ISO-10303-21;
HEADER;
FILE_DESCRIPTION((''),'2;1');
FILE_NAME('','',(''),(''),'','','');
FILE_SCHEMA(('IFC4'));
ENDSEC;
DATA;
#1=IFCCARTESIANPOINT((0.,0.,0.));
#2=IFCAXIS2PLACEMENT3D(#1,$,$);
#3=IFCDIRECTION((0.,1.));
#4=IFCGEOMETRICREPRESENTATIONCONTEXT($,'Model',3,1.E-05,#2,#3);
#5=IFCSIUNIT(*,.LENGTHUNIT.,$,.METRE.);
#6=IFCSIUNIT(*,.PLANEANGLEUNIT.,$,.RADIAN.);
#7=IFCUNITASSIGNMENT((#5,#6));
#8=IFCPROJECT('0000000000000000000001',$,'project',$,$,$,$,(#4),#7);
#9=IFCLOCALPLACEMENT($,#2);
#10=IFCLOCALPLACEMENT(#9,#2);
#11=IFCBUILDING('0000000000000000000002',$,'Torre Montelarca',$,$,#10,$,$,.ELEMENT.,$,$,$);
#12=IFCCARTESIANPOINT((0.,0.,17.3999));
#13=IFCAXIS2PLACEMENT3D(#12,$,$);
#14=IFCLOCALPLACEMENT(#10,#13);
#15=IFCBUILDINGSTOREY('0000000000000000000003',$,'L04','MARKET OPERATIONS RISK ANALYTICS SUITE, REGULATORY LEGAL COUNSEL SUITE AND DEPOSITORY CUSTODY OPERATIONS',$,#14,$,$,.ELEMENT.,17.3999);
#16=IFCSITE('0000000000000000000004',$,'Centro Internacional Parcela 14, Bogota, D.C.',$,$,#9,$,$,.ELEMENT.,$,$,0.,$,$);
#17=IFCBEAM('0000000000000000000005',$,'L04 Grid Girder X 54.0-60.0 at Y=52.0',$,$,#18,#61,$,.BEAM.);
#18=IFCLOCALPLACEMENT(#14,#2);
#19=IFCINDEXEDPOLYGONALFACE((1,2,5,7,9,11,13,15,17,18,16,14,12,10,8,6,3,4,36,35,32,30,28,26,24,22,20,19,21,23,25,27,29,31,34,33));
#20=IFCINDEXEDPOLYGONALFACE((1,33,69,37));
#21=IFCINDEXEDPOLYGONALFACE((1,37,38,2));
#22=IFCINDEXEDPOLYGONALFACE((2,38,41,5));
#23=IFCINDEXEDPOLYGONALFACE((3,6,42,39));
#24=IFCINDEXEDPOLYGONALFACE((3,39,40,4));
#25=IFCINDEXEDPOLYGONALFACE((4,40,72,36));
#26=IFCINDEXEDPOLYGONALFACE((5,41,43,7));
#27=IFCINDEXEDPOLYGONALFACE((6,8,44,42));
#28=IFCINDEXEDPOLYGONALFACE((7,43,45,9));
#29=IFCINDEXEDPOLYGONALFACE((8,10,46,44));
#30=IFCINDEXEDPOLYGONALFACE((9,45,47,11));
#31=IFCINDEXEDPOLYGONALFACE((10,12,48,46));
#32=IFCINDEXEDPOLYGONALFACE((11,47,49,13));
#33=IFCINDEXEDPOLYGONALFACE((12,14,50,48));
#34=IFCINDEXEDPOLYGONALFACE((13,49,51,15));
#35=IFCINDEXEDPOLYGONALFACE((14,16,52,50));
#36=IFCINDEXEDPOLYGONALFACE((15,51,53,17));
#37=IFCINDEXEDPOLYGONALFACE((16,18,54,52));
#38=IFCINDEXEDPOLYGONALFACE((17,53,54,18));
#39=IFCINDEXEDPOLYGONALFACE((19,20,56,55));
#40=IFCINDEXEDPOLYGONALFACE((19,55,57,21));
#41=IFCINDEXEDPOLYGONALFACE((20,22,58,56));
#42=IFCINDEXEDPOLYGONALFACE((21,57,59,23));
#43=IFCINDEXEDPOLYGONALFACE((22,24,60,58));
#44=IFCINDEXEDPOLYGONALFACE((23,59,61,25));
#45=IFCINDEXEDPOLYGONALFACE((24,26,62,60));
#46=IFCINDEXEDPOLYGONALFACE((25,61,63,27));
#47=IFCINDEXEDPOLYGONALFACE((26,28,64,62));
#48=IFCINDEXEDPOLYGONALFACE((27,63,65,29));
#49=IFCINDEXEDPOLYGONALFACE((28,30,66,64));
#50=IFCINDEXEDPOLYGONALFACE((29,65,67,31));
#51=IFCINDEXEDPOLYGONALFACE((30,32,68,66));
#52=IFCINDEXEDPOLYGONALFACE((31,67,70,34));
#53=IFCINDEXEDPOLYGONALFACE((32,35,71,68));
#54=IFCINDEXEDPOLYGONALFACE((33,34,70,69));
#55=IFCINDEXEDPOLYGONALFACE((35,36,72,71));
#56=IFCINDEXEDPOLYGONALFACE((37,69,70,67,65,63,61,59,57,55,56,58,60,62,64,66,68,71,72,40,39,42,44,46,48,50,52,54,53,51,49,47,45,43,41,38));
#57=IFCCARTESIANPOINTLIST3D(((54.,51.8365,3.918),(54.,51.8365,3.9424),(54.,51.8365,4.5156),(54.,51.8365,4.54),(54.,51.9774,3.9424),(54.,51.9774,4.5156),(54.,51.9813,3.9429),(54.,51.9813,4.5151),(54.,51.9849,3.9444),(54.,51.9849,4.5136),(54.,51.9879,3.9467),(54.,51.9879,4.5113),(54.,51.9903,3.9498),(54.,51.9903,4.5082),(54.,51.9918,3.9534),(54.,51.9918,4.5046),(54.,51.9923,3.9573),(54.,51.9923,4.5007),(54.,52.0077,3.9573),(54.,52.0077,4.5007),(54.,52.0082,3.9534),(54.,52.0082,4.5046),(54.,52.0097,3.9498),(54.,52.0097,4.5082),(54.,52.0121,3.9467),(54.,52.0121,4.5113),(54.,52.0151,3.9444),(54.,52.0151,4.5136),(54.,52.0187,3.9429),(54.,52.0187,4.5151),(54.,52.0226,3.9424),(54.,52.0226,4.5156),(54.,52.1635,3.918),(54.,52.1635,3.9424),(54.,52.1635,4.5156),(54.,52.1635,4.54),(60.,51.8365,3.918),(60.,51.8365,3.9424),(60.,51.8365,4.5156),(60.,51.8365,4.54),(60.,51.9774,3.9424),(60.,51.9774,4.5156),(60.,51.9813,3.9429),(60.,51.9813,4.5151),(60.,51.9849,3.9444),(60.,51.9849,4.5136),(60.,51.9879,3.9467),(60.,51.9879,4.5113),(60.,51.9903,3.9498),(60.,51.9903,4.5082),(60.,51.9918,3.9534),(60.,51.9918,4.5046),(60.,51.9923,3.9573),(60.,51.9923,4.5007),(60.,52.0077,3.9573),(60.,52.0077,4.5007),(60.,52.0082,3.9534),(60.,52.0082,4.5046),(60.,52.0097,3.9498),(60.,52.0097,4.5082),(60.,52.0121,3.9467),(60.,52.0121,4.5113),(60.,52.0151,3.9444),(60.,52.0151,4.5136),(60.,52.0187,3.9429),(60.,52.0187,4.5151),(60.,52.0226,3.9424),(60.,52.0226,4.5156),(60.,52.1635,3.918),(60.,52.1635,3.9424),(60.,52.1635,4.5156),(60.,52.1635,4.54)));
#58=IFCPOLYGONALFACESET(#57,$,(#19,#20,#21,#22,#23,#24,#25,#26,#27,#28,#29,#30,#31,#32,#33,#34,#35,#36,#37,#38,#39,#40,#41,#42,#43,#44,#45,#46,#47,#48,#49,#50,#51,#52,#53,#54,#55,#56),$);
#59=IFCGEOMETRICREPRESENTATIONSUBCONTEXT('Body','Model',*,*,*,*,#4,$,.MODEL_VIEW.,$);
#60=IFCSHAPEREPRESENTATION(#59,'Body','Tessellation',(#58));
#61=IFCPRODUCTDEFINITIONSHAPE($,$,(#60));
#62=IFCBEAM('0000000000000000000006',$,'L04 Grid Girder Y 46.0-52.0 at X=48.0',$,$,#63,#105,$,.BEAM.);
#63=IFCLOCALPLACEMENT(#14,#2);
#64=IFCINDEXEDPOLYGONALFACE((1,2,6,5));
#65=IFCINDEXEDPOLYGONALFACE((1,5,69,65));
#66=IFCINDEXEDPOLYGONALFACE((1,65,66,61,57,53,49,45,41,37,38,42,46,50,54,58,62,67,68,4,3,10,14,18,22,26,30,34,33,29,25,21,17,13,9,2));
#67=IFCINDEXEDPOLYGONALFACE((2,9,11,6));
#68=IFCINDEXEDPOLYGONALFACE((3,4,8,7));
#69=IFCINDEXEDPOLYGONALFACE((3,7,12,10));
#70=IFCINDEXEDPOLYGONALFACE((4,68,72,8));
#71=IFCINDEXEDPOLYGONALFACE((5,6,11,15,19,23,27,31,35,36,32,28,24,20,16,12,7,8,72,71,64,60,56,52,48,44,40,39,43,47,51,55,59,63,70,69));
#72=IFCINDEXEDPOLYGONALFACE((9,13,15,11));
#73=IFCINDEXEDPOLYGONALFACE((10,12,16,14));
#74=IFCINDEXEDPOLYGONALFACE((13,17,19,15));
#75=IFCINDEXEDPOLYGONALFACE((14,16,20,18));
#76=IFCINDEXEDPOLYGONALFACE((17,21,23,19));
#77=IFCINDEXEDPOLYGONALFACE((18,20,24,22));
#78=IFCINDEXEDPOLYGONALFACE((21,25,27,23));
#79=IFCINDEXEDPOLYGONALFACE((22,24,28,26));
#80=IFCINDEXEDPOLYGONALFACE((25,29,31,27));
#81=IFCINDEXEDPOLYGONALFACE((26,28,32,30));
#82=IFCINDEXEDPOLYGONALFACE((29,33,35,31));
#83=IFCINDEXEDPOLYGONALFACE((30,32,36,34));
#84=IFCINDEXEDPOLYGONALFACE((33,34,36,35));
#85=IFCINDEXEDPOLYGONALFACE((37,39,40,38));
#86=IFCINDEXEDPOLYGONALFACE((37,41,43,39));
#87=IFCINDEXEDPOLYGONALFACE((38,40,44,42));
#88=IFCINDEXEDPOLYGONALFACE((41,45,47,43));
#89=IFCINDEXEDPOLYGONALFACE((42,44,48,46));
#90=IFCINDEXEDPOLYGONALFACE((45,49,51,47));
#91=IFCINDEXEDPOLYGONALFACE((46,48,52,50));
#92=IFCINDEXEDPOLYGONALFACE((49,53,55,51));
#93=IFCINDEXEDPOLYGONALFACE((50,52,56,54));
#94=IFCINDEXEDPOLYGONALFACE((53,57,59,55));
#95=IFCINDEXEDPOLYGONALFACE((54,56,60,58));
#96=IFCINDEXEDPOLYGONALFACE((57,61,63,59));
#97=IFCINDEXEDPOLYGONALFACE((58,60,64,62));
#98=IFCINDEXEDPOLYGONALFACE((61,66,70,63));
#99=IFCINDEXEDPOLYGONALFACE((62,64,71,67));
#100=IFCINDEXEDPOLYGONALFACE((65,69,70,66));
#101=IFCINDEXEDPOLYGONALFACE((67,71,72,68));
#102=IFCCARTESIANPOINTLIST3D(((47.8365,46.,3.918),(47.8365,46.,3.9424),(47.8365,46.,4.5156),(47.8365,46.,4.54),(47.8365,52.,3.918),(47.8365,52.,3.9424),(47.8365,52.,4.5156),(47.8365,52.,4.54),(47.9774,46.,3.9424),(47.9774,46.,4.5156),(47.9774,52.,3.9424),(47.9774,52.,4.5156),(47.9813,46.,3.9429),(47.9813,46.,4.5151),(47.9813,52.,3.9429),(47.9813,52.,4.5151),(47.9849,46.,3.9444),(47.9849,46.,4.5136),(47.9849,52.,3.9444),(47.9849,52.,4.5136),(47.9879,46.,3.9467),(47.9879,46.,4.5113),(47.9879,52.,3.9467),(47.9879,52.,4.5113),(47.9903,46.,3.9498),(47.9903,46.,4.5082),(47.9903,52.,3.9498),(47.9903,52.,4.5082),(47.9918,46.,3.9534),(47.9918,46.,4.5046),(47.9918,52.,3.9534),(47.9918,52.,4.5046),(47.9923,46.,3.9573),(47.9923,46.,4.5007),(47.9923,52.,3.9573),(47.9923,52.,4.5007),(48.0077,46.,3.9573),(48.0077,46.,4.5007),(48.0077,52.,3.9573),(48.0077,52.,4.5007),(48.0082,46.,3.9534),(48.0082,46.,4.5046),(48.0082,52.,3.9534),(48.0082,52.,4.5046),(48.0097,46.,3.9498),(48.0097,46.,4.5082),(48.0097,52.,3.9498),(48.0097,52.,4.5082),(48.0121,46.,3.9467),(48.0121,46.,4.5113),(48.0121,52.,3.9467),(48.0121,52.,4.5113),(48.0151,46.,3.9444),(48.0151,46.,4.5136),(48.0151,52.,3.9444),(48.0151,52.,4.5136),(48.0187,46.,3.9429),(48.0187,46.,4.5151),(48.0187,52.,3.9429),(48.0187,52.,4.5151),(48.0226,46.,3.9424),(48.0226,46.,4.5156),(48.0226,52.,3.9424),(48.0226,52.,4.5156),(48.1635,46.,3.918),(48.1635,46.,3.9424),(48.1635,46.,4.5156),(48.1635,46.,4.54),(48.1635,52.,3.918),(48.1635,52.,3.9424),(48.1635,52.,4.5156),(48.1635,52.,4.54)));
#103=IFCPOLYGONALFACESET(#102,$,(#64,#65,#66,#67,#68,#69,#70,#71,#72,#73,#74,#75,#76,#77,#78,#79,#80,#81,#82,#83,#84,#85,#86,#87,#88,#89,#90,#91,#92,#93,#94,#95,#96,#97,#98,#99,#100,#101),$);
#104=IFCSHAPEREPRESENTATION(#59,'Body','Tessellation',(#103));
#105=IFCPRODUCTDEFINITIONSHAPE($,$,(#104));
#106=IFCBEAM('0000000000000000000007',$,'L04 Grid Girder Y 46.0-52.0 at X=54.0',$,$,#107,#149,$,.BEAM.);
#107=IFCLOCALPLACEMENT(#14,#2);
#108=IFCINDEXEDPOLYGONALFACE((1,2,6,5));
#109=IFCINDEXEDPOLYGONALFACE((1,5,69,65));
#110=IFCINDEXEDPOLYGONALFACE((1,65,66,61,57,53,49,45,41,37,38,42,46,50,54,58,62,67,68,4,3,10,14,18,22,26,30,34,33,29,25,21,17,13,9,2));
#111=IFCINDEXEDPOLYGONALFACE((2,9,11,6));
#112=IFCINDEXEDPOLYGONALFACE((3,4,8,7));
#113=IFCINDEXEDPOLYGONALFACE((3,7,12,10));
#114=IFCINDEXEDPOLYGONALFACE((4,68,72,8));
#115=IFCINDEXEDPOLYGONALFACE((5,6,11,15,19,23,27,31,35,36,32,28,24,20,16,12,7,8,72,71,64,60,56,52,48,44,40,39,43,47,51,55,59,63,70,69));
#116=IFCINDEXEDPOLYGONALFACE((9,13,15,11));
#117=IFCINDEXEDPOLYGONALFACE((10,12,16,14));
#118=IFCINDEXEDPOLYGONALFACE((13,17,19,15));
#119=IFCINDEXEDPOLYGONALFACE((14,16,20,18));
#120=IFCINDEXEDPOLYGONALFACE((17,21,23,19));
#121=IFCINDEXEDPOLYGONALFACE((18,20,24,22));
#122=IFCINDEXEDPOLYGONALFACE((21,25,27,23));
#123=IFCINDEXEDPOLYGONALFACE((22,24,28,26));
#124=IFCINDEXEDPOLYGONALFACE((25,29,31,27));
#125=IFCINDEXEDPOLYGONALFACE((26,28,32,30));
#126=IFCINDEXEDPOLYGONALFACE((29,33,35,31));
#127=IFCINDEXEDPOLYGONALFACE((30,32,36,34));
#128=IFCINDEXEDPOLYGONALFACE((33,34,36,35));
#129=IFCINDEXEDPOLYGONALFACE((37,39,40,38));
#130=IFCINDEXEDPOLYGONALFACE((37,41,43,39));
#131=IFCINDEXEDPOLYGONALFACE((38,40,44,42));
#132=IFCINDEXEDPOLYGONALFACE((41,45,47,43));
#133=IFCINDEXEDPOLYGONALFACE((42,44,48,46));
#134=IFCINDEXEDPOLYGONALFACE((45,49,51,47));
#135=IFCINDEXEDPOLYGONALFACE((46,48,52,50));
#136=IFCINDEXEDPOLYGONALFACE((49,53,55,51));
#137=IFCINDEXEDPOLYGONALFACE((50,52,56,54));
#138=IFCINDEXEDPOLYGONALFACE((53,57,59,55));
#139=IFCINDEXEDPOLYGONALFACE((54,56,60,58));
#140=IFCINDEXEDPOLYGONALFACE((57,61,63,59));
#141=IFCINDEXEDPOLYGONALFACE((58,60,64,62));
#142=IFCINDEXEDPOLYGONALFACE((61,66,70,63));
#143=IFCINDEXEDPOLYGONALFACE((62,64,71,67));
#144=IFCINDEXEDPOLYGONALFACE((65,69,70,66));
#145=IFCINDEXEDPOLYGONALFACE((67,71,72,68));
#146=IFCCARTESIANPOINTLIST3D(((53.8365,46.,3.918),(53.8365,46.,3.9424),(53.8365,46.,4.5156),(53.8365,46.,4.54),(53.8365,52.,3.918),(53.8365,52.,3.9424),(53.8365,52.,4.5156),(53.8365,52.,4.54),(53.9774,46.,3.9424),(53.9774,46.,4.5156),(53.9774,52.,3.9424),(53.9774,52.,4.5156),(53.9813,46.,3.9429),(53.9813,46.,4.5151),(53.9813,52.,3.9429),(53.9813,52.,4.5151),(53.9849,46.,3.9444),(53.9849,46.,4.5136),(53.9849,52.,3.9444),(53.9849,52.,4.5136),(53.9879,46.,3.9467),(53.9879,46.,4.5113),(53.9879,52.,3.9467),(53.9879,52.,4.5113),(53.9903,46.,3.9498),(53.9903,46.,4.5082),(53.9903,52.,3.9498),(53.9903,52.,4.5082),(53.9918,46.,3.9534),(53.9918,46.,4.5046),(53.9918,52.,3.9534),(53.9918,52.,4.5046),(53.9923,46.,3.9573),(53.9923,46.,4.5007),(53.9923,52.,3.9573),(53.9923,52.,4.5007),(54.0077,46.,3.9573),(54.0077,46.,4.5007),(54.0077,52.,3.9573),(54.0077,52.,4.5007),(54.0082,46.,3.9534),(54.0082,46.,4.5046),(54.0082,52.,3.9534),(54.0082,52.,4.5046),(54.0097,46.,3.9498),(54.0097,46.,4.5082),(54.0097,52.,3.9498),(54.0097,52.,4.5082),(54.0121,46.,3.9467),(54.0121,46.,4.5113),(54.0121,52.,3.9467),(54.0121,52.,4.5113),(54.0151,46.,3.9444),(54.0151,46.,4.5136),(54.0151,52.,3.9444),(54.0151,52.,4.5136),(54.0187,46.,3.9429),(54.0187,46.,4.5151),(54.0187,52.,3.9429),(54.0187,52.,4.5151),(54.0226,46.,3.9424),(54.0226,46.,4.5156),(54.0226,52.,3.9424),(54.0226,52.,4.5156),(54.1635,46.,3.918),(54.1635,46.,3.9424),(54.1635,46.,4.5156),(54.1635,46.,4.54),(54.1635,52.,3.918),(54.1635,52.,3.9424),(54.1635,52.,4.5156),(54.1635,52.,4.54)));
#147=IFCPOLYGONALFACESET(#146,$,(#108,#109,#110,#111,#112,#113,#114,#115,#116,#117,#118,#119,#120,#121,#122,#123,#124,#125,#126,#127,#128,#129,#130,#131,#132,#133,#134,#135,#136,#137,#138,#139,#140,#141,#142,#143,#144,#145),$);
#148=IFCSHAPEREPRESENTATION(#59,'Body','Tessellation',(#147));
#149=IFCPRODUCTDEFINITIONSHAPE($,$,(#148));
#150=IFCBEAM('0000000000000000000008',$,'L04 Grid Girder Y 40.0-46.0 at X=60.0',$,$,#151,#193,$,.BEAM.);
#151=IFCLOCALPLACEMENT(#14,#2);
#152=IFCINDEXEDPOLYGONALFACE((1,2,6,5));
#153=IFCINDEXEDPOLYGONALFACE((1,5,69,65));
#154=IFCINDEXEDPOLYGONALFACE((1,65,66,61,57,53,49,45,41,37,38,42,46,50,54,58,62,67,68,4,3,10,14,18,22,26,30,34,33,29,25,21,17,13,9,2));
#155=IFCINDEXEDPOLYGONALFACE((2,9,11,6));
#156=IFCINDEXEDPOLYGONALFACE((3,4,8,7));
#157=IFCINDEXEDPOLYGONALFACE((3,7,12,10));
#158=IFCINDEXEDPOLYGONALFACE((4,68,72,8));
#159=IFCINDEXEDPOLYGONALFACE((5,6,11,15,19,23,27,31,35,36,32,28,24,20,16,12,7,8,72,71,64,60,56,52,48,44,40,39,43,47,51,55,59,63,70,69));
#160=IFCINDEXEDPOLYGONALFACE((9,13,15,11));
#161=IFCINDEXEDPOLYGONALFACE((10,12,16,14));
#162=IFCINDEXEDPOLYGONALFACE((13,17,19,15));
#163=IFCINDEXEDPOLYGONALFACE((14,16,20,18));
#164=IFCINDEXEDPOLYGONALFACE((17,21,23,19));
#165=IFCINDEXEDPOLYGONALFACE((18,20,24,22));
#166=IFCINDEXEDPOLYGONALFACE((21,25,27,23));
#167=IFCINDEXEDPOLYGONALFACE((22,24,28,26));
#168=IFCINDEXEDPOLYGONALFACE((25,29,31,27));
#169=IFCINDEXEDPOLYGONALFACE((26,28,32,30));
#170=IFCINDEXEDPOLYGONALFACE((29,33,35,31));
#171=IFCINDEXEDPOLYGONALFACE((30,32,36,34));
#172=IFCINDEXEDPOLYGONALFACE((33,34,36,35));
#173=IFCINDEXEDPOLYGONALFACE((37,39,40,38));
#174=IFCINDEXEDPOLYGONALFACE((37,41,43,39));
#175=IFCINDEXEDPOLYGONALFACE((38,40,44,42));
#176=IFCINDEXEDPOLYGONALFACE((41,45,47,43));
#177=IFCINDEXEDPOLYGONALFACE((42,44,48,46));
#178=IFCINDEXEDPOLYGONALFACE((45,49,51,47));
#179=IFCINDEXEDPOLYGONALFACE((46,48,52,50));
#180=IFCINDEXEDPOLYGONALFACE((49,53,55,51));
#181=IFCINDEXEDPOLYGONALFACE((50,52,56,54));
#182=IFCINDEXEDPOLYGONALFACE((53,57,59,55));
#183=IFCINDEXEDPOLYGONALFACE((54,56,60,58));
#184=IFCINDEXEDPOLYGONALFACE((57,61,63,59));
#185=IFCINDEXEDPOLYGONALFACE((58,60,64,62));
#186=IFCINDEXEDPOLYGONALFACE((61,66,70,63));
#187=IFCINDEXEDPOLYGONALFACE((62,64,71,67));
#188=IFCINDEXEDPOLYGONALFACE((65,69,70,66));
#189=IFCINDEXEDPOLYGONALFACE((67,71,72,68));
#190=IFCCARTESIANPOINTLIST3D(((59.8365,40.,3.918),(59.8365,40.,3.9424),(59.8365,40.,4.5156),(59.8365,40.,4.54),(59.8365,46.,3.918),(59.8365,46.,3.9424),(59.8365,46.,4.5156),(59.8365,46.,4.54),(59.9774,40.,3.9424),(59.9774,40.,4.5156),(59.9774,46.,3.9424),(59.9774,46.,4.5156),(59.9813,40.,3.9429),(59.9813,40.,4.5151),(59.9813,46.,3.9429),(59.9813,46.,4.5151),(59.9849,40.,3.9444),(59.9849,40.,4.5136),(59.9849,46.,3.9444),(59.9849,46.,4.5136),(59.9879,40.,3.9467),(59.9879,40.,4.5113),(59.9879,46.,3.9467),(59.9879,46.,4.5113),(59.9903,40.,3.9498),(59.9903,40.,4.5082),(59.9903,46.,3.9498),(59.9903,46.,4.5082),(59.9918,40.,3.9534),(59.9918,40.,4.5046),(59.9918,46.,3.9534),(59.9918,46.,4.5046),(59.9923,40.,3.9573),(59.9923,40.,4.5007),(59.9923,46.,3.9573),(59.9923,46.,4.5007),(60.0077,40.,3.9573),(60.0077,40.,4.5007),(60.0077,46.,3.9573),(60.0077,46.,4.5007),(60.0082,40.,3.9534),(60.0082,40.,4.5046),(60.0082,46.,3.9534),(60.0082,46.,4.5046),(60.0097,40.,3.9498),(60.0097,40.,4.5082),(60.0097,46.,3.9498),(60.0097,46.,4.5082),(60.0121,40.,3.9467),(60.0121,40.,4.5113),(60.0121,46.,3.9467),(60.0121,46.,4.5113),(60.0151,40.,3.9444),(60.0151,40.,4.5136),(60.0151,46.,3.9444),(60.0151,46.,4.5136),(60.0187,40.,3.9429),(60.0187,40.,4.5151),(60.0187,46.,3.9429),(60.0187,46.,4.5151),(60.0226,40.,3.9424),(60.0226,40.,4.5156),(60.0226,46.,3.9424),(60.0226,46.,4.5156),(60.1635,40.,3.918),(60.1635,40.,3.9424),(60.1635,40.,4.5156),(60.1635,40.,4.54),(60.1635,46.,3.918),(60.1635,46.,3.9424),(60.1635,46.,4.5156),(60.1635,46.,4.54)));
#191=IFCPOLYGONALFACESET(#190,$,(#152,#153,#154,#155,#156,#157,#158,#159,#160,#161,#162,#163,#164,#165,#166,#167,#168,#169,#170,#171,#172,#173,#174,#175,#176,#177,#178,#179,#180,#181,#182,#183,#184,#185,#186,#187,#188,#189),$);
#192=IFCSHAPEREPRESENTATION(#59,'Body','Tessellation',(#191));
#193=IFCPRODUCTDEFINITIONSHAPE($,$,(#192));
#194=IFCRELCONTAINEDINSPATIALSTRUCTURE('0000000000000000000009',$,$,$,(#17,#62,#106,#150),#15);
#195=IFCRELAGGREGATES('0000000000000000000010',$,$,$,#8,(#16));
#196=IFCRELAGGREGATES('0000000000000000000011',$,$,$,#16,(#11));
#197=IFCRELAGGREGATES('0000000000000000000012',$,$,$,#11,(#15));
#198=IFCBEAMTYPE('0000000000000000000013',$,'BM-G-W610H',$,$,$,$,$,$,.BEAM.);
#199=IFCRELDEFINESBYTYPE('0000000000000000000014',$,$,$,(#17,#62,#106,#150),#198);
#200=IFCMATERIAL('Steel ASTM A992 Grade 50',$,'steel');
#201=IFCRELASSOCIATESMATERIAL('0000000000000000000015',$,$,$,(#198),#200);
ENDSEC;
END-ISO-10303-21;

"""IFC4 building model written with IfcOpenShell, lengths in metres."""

from ifc_helpers import new_model, si_unit, direction, frame, origin, origin_2d, place, context, subcontext, project, spatial, i_section, extrude, source, transform, mapped, material, material_profile, profile_set, type_object, element, save


model = new_model("IFC4")

# Units and contexts
model_context = context("Model", 3, precision=1e-05, world=origin(), true_north=direction((0.0, 1.0)))
body_context = subcontext(model_context, "Body", "Model", "MODEL_VIEW")
ifc_project = project(units=[si_unit("LENGTHUNIT", "METRE"), si_unit("PLANEANGLEUNIT", "RADIAN")], contexts=[model_context])

# Site, building, storey
site_placement = place(None, origin())
site = spatial("IfcSite", under=ifc_project, at=site_placement, Name="Centro Internacional Parcela 14, Bogota, D.C.", CompositionType="ELEMENT", RefElevation=0.0)
building_placement = place(site_placement, origin())
building = spatial("IfcBuilding", under=site, at=building_placement, Name="Torre Montelarca", CompositionType="ELEMENT")
storey_placement = place(building_placement, frame((0.0, 0.0, 17.3999)))
storey = spatial("IfcBuildingStorey", under=building, at=storey_placement, Name="L04", Description="MARKET OPERATIONS RISK ANALYTICS SUITE, REGULATORY LEGAL COUNSEL SUITE AND DEPOSITORY CUSTODY OPERATIONS", CompositionType="ELEMENT", Elevation=17.3999)

# Shared definitions
ifc_material_1 = material(Name="Steel ASTM A992 Grade 50", Category="steel")

# Beams
ifc_material_profile_1 = material_profile(ifc_material_1, i_section(OverallWidth=0.3269, OverallDepth=0.6221, WebThickness=0.0154, FlangeThickness=0.0244, FilletRadius=0.0149, at=origin_2d()), Name="W610X195", Category="steel")
ifc_profile_set_1 = profile_set([ifc_material_profile_1], Name="Steel ASTM A992 Grade 50")
beam_type_1 = type_object("IfcBeamType", Name="BM-G-W610H", PredefinedType="BEAM", material=ifc_profile_set_1)
shared_shape_1 = source(origin(), body_context, "Body", "SweptSolid", [
    extrude(i_section(OverallWidth=0.3269, OverallDepth=0.6221, WebThickness=0.0154, FlangeThickness=0.0244, FilletRadius=0.0149, at=origin_2d()), origin(), (0.0, 0.0, 1.0), 6.0),
])
for number, where, z_axis, x_axis, name in (
    (1, (54.0, 52.0, 4.229), (1.0, 0.0, 0.0), (0.0, 1.0, 0.0), "L04 Grid Girder X 54.0-60.0 at Y=52.0"),
    (2, (48.0, 46.0, 4.229), (0.0, 1.0, 0.0), (-1.0, 0.0, 0.0), "L04 Grid Girder Y 46.0-52.0 at X=48.0"),
    (3, (54.0, 46.0, 4.229), (0.0, 1.0, 0.0), (-1.0, 0.0, 0.0), "L04 Grid Girder Y 46.0-52.0 at X=54.0"),
    (4, (60.0, 40.0, 4.229), (0.0, 1.0, 0.0), (-1.0, 0.0, 0.0), "L04 Grid Girder Y 40.0-46.0 at X=60.0"),
):
    element("IfcBeam", number, at=place(storey_placement, frame(where, z_axis=z_axis, x_axis=x_axis)), inside=storey, type_object=beam_type_1, Name=name, PredefinedType="BEAM", context=body_context, shape_type="MappedRepresentation", body=[
        mapped(shared_shape_1, transform((0.0, 0.0, 0.0), scale=1.0)),
    ])

save(model, "model.ifc")
